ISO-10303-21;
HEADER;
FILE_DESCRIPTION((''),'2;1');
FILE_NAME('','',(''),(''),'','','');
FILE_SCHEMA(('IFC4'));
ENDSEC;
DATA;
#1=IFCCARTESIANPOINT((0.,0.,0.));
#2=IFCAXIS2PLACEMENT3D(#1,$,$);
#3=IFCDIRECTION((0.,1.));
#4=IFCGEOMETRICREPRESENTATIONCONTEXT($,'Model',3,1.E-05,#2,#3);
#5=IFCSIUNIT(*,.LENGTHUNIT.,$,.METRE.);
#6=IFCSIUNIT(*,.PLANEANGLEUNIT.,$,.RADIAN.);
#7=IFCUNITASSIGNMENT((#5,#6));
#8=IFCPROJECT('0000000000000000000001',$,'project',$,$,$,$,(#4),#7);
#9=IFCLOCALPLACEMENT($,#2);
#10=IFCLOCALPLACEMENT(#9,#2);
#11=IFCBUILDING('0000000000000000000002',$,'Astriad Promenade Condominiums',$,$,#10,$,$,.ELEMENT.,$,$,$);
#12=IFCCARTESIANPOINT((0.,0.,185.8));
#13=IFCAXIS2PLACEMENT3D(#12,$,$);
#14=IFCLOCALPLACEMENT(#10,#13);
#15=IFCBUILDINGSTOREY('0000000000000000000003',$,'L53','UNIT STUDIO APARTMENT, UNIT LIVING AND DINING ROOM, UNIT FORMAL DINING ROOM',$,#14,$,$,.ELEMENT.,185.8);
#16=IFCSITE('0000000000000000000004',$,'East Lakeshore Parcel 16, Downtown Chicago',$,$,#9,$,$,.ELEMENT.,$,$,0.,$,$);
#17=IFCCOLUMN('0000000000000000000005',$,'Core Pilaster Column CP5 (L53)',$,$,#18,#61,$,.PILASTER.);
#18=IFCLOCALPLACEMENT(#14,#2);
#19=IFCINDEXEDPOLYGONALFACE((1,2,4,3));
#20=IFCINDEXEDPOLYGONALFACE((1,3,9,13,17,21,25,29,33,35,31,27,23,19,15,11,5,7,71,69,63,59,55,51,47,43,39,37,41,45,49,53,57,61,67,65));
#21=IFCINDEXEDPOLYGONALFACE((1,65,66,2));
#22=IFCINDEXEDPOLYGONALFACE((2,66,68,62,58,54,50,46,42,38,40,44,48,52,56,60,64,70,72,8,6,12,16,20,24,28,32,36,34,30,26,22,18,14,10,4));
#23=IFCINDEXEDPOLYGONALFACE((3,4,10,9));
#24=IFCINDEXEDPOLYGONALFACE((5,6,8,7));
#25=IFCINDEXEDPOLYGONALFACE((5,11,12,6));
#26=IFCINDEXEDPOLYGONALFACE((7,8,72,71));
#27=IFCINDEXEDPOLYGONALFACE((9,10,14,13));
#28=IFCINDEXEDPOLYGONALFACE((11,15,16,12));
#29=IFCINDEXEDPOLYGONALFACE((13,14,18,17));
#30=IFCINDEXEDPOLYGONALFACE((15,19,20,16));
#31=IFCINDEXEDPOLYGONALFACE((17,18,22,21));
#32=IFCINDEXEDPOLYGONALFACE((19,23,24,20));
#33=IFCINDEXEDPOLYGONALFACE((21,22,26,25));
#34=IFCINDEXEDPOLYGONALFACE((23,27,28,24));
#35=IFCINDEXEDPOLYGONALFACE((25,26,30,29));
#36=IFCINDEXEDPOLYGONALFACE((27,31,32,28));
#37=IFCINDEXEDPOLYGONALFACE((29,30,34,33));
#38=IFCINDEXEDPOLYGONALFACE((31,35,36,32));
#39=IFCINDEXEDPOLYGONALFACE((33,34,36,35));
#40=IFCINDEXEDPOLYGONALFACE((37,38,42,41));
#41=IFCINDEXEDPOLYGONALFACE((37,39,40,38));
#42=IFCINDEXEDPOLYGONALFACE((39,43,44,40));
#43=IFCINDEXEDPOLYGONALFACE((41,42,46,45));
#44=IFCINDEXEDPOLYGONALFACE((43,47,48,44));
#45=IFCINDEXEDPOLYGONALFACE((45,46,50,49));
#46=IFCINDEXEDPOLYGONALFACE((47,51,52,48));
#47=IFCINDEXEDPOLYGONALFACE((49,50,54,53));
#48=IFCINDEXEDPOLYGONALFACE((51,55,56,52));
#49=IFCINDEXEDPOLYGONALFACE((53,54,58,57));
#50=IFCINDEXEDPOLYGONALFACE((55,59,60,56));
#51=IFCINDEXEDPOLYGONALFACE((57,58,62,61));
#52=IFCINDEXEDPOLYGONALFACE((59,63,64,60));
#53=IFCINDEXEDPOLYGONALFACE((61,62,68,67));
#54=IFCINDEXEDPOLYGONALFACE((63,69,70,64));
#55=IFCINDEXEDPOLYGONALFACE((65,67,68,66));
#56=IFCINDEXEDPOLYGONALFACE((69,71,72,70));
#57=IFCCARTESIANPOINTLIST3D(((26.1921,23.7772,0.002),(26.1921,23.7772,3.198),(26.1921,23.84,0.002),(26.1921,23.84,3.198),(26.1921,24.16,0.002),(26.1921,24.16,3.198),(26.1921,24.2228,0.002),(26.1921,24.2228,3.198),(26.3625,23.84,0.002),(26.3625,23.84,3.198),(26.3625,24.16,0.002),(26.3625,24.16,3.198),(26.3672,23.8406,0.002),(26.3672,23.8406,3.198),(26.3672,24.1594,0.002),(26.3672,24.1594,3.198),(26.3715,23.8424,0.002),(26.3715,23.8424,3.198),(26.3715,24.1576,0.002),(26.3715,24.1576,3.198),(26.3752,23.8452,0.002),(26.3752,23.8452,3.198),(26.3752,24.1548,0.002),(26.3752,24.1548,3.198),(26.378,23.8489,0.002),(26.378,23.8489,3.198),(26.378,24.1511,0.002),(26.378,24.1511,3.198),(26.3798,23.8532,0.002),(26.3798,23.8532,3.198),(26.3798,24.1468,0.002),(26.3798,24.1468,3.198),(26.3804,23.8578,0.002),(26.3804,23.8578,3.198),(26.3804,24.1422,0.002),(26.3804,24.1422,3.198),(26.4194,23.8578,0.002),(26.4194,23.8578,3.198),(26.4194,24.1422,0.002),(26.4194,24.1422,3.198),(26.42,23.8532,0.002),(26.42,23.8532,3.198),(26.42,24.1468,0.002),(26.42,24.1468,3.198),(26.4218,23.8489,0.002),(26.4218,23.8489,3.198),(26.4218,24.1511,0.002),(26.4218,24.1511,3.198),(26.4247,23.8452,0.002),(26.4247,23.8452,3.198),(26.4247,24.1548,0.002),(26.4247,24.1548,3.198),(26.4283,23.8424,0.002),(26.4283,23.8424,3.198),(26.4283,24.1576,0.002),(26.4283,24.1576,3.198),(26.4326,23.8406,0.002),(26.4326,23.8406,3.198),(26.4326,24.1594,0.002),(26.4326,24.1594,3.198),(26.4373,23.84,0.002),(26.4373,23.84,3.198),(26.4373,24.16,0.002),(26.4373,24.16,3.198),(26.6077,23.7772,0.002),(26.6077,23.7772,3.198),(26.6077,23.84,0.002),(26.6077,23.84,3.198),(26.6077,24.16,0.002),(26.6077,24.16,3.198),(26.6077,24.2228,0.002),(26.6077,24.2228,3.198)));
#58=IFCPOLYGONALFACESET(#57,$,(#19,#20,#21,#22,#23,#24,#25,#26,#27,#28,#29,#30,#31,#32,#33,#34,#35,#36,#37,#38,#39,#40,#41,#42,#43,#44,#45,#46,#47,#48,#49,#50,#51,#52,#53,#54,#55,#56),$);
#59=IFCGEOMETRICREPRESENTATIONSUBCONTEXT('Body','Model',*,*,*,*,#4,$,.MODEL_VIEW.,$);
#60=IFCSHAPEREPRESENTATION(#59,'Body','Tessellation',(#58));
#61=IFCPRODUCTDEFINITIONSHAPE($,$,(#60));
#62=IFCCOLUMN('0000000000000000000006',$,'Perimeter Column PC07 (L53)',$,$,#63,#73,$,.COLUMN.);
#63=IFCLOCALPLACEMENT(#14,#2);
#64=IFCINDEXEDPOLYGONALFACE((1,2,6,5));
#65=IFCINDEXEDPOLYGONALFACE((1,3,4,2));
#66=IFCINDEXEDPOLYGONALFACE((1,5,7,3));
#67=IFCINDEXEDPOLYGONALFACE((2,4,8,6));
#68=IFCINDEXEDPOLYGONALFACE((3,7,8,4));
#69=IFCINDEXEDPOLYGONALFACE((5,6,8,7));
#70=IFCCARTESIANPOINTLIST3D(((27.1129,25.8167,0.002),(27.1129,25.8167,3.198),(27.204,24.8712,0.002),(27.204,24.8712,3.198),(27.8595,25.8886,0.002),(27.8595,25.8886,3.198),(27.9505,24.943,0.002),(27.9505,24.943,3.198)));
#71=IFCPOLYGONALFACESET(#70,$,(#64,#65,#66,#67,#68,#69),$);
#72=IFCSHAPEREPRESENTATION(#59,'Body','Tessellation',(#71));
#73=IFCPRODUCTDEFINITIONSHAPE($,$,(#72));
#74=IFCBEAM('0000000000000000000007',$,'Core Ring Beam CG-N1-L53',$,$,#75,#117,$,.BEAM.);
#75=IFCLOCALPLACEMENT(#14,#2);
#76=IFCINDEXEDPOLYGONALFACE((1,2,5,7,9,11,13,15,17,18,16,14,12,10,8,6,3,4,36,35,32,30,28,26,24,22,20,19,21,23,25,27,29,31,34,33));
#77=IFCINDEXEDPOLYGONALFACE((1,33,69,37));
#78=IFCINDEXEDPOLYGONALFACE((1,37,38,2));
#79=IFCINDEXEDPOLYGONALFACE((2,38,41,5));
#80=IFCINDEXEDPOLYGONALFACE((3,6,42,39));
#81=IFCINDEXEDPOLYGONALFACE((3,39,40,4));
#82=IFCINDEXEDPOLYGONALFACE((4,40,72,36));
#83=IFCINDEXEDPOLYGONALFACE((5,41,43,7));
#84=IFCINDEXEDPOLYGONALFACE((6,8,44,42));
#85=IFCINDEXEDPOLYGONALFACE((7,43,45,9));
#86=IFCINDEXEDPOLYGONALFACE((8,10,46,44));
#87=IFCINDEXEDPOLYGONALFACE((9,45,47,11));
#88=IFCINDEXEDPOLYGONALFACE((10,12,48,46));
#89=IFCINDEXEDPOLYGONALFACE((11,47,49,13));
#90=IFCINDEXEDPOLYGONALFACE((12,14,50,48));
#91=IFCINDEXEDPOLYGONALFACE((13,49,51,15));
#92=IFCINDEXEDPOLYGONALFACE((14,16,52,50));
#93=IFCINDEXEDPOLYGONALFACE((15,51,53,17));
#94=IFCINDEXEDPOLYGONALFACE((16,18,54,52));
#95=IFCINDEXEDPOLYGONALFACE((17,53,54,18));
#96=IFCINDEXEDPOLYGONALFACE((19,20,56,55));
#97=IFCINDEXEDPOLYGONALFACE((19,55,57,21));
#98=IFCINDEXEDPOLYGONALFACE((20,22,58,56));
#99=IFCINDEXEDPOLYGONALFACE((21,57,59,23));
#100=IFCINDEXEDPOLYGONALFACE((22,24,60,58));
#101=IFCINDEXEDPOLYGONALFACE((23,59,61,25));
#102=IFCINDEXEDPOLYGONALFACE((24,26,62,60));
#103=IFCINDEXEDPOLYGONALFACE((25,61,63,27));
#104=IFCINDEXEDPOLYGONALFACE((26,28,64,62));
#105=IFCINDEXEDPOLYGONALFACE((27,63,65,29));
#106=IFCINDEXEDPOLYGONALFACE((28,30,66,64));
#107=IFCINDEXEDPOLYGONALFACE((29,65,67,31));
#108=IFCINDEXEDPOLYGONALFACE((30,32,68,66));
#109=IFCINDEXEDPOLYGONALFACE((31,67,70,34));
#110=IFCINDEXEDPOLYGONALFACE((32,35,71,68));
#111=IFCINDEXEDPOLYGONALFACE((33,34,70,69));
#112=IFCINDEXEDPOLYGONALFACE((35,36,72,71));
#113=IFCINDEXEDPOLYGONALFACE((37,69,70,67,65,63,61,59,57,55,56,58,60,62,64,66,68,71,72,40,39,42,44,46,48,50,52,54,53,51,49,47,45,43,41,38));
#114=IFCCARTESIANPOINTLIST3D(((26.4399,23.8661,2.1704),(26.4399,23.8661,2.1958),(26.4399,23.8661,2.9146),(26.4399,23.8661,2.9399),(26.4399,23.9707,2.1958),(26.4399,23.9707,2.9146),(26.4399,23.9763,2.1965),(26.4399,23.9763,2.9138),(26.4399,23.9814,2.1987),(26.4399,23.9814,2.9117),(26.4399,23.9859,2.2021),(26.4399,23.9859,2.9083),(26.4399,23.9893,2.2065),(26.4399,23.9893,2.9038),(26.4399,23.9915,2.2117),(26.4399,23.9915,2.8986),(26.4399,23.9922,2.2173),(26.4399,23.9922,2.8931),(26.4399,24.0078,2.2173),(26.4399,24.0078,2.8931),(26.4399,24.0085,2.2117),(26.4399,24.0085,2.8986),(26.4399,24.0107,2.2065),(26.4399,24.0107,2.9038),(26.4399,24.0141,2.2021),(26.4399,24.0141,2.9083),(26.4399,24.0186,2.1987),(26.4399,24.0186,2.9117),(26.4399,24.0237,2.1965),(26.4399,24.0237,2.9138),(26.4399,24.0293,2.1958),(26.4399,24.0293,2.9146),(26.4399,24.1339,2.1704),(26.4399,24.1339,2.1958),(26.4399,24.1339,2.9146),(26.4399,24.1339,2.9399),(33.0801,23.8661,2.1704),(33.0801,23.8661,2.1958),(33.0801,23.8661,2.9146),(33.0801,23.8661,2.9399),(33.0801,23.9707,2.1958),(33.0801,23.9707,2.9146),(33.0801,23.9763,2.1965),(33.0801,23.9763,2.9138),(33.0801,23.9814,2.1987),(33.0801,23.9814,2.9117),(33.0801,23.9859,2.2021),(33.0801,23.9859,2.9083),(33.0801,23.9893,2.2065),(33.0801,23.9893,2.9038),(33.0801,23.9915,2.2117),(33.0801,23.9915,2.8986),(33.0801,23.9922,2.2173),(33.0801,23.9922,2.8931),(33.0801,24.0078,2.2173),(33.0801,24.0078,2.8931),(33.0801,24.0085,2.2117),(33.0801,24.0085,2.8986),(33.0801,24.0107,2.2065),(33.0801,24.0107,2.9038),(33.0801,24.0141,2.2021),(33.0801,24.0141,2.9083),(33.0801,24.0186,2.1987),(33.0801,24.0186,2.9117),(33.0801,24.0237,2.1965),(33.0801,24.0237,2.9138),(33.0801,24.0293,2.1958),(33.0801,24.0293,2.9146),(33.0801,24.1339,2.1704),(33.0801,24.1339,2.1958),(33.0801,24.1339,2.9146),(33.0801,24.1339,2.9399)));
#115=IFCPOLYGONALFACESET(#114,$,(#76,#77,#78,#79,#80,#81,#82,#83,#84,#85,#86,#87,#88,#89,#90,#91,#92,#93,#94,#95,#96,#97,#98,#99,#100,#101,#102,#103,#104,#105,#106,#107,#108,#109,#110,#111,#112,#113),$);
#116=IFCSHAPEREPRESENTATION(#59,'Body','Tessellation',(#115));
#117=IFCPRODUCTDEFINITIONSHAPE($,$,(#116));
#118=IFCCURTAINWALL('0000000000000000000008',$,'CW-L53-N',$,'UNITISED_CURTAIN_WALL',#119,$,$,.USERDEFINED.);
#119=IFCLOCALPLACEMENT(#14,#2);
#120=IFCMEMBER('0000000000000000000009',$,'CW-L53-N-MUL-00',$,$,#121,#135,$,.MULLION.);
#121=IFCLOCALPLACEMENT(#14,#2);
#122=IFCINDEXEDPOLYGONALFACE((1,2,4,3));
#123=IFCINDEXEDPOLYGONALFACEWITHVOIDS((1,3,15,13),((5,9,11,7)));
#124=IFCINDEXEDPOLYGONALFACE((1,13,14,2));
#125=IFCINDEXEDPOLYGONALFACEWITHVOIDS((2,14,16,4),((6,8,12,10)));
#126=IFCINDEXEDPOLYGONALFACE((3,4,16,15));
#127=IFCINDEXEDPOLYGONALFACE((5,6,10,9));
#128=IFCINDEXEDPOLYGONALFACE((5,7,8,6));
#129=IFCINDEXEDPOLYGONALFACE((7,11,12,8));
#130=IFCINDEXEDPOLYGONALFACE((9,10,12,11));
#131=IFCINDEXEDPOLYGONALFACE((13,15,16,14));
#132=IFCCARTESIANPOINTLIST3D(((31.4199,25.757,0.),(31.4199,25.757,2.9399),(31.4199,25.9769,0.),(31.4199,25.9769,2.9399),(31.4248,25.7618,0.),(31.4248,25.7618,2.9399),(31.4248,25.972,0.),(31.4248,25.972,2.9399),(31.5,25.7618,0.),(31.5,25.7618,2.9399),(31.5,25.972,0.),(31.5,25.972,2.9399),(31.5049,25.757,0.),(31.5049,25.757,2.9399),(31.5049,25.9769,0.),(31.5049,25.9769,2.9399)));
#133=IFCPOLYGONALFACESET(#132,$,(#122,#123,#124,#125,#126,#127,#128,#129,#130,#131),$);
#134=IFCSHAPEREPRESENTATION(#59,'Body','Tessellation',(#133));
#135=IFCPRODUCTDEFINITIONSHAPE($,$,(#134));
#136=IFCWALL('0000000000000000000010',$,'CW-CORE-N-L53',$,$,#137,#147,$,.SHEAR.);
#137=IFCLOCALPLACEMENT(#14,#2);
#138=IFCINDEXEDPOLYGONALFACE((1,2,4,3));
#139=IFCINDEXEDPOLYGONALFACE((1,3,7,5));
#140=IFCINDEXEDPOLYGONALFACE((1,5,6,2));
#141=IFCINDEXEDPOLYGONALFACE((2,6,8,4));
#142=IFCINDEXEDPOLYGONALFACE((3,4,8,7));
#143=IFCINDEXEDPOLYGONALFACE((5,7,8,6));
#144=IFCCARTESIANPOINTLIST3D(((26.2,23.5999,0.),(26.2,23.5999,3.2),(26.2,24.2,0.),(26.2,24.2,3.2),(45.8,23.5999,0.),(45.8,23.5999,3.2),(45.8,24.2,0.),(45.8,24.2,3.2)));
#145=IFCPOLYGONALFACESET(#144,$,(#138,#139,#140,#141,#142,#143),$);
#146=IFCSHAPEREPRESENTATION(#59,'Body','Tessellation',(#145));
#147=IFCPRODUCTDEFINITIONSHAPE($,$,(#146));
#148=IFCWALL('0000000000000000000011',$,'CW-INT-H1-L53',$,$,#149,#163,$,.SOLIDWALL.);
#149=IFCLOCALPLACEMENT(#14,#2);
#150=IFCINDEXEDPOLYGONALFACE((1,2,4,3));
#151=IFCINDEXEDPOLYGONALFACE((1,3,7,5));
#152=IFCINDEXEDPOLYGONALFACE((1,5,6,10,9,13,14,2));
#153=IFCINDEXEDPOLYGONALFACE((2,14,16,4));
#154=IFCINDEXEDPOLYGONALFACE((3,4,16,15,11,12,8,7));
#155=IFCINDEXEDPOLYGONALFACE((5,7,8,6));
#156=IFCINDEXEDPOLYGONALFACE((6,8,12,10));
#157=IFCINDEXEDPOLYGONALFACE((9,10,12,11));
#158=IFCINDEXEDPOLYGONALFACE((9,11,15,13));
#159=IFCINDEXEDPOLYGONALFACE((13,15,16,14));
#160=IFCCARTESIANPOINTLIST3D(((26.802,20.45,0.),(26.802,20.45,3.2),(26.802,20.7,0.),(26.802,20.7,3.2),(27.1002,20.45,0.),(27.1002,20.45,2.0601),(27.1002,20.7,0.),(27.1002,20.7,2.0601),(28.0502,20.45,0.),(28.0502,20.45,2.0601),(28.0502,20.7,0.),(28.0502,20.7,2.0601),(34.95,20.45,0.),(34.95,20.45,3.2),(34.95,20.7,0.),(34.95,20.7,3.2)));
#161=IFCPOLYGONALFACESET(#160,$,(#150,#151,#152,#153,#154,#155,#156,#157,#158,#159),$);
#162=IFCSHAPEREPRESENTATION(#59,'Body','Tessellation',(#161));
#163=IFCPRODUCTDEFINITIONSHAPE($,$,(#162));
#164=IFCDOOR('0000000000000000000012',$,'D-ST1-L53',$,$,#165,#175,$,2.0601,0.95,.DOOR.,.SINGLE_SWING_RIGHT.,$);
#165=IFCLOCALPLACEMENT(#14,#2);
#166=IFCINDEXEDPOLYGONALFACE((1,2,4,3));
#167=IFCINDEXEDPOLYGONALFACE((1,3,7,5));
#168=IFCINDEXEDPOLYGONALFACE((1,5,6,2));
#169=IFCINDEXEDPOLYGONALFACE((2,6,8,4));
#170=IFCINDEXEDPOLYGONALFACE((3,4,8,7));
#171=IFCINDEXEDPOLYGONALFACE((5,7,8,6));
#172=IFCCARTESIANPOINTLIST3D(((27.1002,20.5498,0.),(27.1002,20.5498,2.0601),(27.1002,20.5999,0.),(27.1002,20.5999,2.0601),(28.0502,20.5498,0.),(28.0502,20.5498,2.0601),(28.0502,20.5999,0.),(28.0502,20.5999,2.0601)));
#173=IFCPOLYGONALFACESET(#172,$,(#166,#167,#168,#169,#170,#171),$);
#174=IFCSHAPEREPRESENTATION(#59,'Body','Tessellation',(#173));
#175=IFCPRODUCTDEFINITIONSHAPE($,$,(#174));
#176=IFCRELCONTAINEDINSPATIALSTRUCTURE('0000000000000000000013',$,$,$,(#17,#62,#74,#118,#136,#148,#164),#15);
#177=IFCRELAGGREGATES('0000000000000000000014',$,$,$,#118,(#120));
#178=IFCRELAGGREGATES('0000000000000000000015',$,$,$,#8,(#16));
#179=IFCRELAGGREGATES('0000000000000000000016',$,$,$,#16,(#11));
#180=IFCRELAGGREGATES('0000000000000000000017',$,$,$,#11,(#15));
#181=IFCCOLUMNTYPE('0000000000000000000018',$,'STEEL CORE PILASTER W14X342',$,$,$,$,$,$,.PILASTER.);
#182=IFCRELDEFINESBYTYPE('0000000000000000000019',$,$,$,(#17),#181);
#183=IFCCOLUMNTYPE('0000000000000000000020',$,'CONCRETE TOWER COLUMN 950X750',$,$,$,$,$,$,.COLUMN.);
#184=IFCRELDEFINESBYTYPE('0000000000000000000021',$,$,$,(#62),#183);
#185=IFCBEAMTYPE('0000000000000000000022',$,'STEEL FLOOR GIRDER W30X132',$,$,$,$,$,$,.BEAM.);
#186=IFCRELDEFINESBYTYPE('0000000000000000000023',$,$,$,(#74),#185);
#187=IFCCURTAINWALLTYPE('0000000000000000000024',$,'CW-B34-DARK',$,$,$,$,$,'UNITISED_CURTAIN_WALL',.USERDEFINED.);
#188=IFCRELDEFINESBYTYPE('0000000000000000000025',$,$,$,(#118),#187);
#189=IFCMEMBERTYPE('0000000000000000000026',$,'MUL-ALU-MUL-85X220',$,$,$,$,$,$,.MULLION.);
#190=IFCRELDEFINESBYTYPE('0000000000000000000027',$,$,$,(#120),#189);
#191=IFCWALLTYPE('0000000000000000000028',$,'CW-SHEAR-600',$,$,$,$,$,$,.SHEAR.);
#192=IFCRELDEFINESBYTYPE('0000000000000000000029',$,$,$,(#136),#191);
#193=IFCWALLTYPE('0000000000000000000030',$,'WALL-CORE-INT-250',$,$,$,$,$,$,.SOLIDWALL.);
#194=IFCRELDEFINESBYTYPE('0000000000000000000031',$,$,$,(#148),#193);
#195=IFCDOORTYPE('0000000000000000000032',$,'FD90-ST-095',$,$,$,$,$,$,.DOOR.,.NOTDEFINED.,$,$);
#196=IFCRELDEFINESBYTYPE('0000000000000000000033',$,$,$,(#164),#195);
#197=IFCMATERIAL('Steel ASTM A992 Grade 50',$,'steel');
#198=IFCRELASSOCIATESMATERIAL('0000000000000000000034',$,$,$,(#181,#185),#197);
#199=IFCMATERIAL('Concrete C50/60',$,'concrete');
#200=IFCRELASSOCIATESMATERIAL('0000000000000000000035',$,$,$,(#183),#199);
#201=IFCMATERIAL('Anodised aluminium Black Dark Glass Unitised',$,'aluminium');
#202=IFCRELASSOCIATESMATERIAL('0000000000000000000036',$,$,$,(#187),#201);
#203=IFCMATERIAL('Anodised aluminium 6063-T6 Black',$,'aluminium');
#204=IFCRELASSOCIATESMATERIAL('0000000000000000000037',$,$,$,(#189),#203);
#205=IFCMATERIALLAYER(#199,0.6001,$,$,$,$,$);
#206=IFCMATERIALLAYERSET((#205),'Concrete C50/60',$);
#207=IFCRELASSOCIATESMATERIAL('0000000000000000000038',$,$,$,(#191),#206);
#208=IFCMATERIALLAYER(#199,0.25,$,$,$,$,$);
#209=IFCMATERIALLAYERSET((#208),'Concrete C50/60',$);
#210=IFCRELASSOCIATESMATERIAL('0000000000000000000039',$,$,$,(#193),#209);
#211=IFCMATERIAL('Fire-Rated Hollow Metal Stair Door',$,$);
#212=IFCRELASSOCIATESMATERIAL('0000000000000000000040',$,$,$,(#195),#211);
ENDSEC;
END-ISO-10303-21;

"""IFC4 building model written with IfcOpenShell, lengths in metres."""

from ifc_helpers import new_model, si_unit, direction, frame, frame_2d, origin, origin_2d, place, context, subcontext, project, spatial, rectangle, hollow_rectangle, i_section, extrude, source, transform, mapped, material, layer, layer_set, material_profile, profile_set, type_object, type_shapes, element, fill, aggregate, save


model = new_model("IFC4")

# Units and contexts
model_context = context("Model", 3, precision=1e-05, world=origin(), true_north=direction((0.0, 1.0)))
body_context = subcontext(model_context, "Body", "Model", "MODEL_VIEW")
ifc_project = project(units=[si_unit("LENGTHUNIT", "METRE"), si_unit("PLANEANGLEUNIT", "RADIAN")], contexts=[model_context])

# Site, building, storey
site_placement = place(None, origin())
site = spatial("IfcSite", under=ifc_project, at=site_placement, Name="East Lakeshore Parcel 16, Downtown Chicago", CompositionType="ELEMENT", RefElevation=0.0)
building_placement = place(site_placement, origin())
building = spatial("IfcBuilding", under=site, at=building_placement, Name="Astriad Promenade Condominiums", CompositionType="ELEMENT")
storey_placement = place(building_placement, frame((0.0, 0.0, 185.8)))
storey = spatial("IfcBuildingStorey", under=building, at=storey_placement, Name="L53", Description="UNIT STUDIO APARTMENT, UNIT LIVING AND DINING ROOM, UNIT FORMAL DINING ROOM", CompositionType="ELEMENT", Elevation=185.8)

# Columns
ifc_material_1 = material(Name="Steel ASTM A992 Grade 50", Category="steel")
ifc_material_profile_1 = material_profile(ifc_material_1, i_section(OverallWidth=0.4155, OverallDepth=0.4456, WebThickness=0.0391, FlangeThickness=0.0627, FilletRadius=0.0178, at=origin_2d()), Name="W14X342")
ifc_profile_set_1 = profile_set([ifc_material_profile_1], Name="Steel ASTM A992 Grade 50")
column_type_1 = type_object("IfcColumnType", Name="STEEL CORE PILASTER W14X342", PredefinedType="PILASTER", material=ifc_profile_set_1)
shared_shape_1 = source(origin(), body_context, "Body", "SweptSolid", [
    extrude(i_section(OverallWidth=0.4155, OverallDepth=0.4456, WebThickness=0.0391, FlangeThickness=0.0627, FilletRadius=0.0178, at=origin_2d()), origin(), (0.0, 0.0, 1.0), 3.196),
])
type_shapes(column_type_1, [shared_shape_1])
column_1_placement = place(storey_placement, frame((26.3999, 24.0, 0.002), z_axis=(0.0, 0.0, 1.0), x_axis=(1.0, 0.0, 0.0)))
element("IfcColumn", 1, at=column_1_placement, inside=storey, type_object=column_type_1, Name="Core Pilaster Column CP5 (L53)", PredefinedType="PILASTER", context=body_context, shape_type="MappedRepresentation", body=[
    mapped(shared_shape_1, transform((0.0, 0.0, 0.0), scale=1.0)),
])
ifc_material_2 = material(Name="Concrete C50/60", Category="concrete")
ifc_material_profile_2 = material_profile(ifc_material_2, rectangle(XDim=0.75, YDim=0.95, at=origin_2d()), Name="RC-COL-950X750")
ifc_profile_set_2 = profile_set([ifc_material_profile_2], Name="Concrete C50/60")
column_type_2 = type_object("IfcColumnType", Name="CONCRETE TOWER COLUMN 950X750", PredefinedType="COLUMN", material=ifc_profile_set_2)
shared_shape_2 = source(origin(), body_context, "Body", "SweptSolid", [
    extrude(rectangle(XDim=0.75, YDim=0.95, at=origin_2d()), origin(), (0.0, 0.0, 1.0), 3.196),
])
type_shapes(column_type_2, [shared_shape_2])
column_2_placement = place(storey_placement, frame((27.5317, 25.3799, 0.002), z_axis=(0.0, 0.0, 1.0), x_axis=(0.995396, 0.095846, 0.0)))
element("IfcColumn", 2, at=column_2_placement, inside=storey, type_object=column_type_2, Name="Perimeter Column PC07 (L53)", PredefinedType="COLUMN", context=body_context, shape_type="MappedRepresentation", body=[
    mapped(shared_shape_2, transform((0.0, 0.0, 0.0), scale=1.0)),
])

# Beam
ifc_material_profile_3 = material_profile(ifc_material_1, i_section(OverallWidth=0.2678, OverallDepth=0.7695, WebThickness=0.0156, FlangeThickness=0.0254, FilletRadius=0.0215, at=origin_2d()), Name="W30X132")
ifc_profile_set_3 = profile_set([ifc_material_profile_3], Name="Steel ASTM A992 Grade 50")
beam_type = type_object("IfcBeamType", Name="STEEL FLOOR GIRDER W30X132", PredefinedType="BEAM", material=ifc_profile_set_3)
shared_shape_3 = source(origin(), body_context, "Body", "SweptSolid", [
    extrude(i_section(OverallWidth=0.2678, OverallDepth=0.7695, WebThickness=0.0156, FlangeThickness=0.0254, FilletRadius=0.0215, at=origin_2d()), origin(), (0.0, 0.0, 1.0), 6.6401),
])
type_shapes(beam_type, [shared_shape_3])
beam_placement = place(storey_placement, frame((26.4399, 24.0, 2.5552), z_axis=(1.0, 0.0, 0.0), x_axis=(0.0, 1.0, 0.0)))
element("IfcBeam", 3, at=beam_placement, inside=storey, type_object=beam_type, Name="Core Ring Beam CG-N1-L53", PredefinedType="BEAM", context=body_context, shape_type="MappedRepresentation", body=[
    mapped(shared_shape_3, transform((0.0, 0.0, 0.0), scale=1.0)),
])

# Curtain wall, member
ifc_material_3 = material(Name="Anodised aluminium Black Dark Glass Unitised", Category="aluminium")
curtain_wall_type = type_object("IfcCurtainWallType", Name="CW-B34-DARK", ElementType="UNITISED_CURTAIN_WALL", PredefinedType="USERDEFINED", material=ifc_material_3)
curtain_wall_placement = place(storey_placement, origin())
curtain_wall = element("IfcCurtainWall", 4, at=curtain_wall_placement, inside=storey, type_object=curtain_wall_type, Name="CW-L53-N", ObjectType="UNITISED_CURTAIN_WALL", PredefinedType="USERDEFINED")
ifc_material_4 = material(Name="Anodised aluminium 6063-T6 Black", Category="aluminium")
ifc_material_profile_4 = material_profile(ifc_material_4, hollow_rectangle(XDim=0.085, YDim=0.22, WallThickness=0.0049, at=origin_2d()), Name="ALU-MUL-85X220")
ifc_profile_set_4 = profile_set([ifc_material_profile_4], Name="Anodised aluminium 6063-T6 Black")
member_type = type_object("IfcMemberType", Name="MUL-ALU-MUL-85X220", PredefinedType="MULLION", material=ifc_profile_set_4)
shared_shape_4 = source(origin(), body_context, "Body", "SweptSolid", [
    extrude(hollow_rectangle(XDim=0.085, YDim=0.22, WallThickness=0.0049, at=origin_2d()), origin(), (0.0, 0.0, 1.0), 2.9399),
])
type_shapes(member_type, [shared_shape_4])
member_placement = place(storey_placement, frame((31.4624, 25.8669, 0.0), z_axis=(0.0, 0.0, 1.0), x_axis=(1.0, 0.0, 0.0)))
member = element("IfcMember", 5, at=member_placement, type_object=member_type, Name="CW-L53-N-MUL-00", PredefinedType="MULLION", context=body_context, shape_type="MappedRepresentation", body=[
    mapped(shared_shape_4, transform((0.0, 0.0, 0.0), scale=1.0)),
])
aggregate(curtain_wall, [member])

# Wall
ifc_layer_1 = layer(ifc_material_2, 0.6001)
ifc_layer_set_1 = layer_set([ifc_layer_1], Name="Concrete C50/60")
wall_type_1 = type_object("IfcWallType", Name="CW-SHEAR-600", PredefinedType="SHEAR", material=ifc_layer_set_1)
wall_1_placement = place(storey_placement, frame((26.2, 23.8999, 0.0), z_axis=(0.0, 0.0, 1.0), x_axis=(1.0, 0.0, 0.0)))
element("IfcWall", 6, at=wall_1_placement, inside=storey, type_object=wall_type_1, Name="CW-CORE-N-L53", PredefinedType="SHEAR", context=body_context, shape_type="SweptSolid", body=[
    extrude(rectangle(XDim=19.6001, YDim=0.6001, at=frame_2d((9.8, 0.0))), origin(), (0.0, 0.0, 1.0), 3.2),
])

# Wall, opening, door
ifc_layer_2 = layer(ifc_material_2, 0.25)
ifc_layer_set_2 = layer_set([ifc_layer_2], Name="Concrete C50/60")
wall_type_2 = type_object("IfcWallType", Name="WALL-CORE-INT-250", PredefinedType="SOLIDWALL", material=ifc_layer_set_2)
wall_2_placement = place(storey_placement, frame((26.802, 20.575, 0.0), z_axis=(0.0, 0.0, 1.0), x_axis=(1.0, 0.0, 0.0)))
wall_2 = element("IfcWall", 7, at=wall_2_placement, inside=storey, type_object=wall_type_2, Name="CW-INT-H1-L53", PredefinedType="SOLIDWALL", context=body_context, shape_type="SweptSolid", body=[
    extrude(rectangle(XDim=8.1479, YDim=0.25, at=frame_2d((4.074, 0.0))), origin(), (0.0, 0.0, 1.0), 3.2),
])
opening_placement = place(wall_2_placement, frame((0.2981, 0.0, 0.0)))
opening = element("IfcOpeningElement", 8, at=opening_placement, cuts=wall_2, PredefinedType="OPENING", context=body_context, shape_type="SweptSolid", body=[
    extrude(rectangle(XDim=0.95, YDim=2.0601, at=frame_2d((0.4751, 1.03))), frame((0.0, 0.135, 0.0), z_axis=(0.0, -1.0, 0.0), x_axis=(1.0, 0.0, 0.0)), (0.0, 0.0, 1.0), 0.27),
])
ifc_material_5 = material(Name="Fire-Rated Hollow Metal Stair Door")
door_type = type_object("IfcDoorType", Name="FD90-ST-095", OperationType="NOTDEFINED", PredefinedType="DOOR", material=ifc_material_5)
shared_shape_5 = source(origin(), body_context, "Body", "SweptSolid", [
    extrude(rectangle(XDim=0.95, YDim=2.0601, at=frame_2d((0.4751, 1.03))), frame((0.0, 0.0249, 0.0), z_axis=(0.0, -1.0, 0.0), x_axis=(1.0, 0.0, 0.0)), (0.0, 0.0, 1.0), 0.05),
])
type_shapes(door_type, [shared_shape_5])
door_placement = place(opening_placement, origin())
door = element("IfcDoor", 9, at=door_placement, inside=storey, type_object=door_type, Name="D-ST1-L53", OperationType="SINGLE_SWING_RIGHT", OverallHeight=2.0601, OverallWidth=0.95, PredefinedType="DOOR", context=body_context, shape_type="MappedRepresentation", body=[
    mapped(shared_shape_5, transform((0.0, 0.0, 0.0), scale=1.0)),
])
fill(opening, door)

save(model, "model.ifc")
